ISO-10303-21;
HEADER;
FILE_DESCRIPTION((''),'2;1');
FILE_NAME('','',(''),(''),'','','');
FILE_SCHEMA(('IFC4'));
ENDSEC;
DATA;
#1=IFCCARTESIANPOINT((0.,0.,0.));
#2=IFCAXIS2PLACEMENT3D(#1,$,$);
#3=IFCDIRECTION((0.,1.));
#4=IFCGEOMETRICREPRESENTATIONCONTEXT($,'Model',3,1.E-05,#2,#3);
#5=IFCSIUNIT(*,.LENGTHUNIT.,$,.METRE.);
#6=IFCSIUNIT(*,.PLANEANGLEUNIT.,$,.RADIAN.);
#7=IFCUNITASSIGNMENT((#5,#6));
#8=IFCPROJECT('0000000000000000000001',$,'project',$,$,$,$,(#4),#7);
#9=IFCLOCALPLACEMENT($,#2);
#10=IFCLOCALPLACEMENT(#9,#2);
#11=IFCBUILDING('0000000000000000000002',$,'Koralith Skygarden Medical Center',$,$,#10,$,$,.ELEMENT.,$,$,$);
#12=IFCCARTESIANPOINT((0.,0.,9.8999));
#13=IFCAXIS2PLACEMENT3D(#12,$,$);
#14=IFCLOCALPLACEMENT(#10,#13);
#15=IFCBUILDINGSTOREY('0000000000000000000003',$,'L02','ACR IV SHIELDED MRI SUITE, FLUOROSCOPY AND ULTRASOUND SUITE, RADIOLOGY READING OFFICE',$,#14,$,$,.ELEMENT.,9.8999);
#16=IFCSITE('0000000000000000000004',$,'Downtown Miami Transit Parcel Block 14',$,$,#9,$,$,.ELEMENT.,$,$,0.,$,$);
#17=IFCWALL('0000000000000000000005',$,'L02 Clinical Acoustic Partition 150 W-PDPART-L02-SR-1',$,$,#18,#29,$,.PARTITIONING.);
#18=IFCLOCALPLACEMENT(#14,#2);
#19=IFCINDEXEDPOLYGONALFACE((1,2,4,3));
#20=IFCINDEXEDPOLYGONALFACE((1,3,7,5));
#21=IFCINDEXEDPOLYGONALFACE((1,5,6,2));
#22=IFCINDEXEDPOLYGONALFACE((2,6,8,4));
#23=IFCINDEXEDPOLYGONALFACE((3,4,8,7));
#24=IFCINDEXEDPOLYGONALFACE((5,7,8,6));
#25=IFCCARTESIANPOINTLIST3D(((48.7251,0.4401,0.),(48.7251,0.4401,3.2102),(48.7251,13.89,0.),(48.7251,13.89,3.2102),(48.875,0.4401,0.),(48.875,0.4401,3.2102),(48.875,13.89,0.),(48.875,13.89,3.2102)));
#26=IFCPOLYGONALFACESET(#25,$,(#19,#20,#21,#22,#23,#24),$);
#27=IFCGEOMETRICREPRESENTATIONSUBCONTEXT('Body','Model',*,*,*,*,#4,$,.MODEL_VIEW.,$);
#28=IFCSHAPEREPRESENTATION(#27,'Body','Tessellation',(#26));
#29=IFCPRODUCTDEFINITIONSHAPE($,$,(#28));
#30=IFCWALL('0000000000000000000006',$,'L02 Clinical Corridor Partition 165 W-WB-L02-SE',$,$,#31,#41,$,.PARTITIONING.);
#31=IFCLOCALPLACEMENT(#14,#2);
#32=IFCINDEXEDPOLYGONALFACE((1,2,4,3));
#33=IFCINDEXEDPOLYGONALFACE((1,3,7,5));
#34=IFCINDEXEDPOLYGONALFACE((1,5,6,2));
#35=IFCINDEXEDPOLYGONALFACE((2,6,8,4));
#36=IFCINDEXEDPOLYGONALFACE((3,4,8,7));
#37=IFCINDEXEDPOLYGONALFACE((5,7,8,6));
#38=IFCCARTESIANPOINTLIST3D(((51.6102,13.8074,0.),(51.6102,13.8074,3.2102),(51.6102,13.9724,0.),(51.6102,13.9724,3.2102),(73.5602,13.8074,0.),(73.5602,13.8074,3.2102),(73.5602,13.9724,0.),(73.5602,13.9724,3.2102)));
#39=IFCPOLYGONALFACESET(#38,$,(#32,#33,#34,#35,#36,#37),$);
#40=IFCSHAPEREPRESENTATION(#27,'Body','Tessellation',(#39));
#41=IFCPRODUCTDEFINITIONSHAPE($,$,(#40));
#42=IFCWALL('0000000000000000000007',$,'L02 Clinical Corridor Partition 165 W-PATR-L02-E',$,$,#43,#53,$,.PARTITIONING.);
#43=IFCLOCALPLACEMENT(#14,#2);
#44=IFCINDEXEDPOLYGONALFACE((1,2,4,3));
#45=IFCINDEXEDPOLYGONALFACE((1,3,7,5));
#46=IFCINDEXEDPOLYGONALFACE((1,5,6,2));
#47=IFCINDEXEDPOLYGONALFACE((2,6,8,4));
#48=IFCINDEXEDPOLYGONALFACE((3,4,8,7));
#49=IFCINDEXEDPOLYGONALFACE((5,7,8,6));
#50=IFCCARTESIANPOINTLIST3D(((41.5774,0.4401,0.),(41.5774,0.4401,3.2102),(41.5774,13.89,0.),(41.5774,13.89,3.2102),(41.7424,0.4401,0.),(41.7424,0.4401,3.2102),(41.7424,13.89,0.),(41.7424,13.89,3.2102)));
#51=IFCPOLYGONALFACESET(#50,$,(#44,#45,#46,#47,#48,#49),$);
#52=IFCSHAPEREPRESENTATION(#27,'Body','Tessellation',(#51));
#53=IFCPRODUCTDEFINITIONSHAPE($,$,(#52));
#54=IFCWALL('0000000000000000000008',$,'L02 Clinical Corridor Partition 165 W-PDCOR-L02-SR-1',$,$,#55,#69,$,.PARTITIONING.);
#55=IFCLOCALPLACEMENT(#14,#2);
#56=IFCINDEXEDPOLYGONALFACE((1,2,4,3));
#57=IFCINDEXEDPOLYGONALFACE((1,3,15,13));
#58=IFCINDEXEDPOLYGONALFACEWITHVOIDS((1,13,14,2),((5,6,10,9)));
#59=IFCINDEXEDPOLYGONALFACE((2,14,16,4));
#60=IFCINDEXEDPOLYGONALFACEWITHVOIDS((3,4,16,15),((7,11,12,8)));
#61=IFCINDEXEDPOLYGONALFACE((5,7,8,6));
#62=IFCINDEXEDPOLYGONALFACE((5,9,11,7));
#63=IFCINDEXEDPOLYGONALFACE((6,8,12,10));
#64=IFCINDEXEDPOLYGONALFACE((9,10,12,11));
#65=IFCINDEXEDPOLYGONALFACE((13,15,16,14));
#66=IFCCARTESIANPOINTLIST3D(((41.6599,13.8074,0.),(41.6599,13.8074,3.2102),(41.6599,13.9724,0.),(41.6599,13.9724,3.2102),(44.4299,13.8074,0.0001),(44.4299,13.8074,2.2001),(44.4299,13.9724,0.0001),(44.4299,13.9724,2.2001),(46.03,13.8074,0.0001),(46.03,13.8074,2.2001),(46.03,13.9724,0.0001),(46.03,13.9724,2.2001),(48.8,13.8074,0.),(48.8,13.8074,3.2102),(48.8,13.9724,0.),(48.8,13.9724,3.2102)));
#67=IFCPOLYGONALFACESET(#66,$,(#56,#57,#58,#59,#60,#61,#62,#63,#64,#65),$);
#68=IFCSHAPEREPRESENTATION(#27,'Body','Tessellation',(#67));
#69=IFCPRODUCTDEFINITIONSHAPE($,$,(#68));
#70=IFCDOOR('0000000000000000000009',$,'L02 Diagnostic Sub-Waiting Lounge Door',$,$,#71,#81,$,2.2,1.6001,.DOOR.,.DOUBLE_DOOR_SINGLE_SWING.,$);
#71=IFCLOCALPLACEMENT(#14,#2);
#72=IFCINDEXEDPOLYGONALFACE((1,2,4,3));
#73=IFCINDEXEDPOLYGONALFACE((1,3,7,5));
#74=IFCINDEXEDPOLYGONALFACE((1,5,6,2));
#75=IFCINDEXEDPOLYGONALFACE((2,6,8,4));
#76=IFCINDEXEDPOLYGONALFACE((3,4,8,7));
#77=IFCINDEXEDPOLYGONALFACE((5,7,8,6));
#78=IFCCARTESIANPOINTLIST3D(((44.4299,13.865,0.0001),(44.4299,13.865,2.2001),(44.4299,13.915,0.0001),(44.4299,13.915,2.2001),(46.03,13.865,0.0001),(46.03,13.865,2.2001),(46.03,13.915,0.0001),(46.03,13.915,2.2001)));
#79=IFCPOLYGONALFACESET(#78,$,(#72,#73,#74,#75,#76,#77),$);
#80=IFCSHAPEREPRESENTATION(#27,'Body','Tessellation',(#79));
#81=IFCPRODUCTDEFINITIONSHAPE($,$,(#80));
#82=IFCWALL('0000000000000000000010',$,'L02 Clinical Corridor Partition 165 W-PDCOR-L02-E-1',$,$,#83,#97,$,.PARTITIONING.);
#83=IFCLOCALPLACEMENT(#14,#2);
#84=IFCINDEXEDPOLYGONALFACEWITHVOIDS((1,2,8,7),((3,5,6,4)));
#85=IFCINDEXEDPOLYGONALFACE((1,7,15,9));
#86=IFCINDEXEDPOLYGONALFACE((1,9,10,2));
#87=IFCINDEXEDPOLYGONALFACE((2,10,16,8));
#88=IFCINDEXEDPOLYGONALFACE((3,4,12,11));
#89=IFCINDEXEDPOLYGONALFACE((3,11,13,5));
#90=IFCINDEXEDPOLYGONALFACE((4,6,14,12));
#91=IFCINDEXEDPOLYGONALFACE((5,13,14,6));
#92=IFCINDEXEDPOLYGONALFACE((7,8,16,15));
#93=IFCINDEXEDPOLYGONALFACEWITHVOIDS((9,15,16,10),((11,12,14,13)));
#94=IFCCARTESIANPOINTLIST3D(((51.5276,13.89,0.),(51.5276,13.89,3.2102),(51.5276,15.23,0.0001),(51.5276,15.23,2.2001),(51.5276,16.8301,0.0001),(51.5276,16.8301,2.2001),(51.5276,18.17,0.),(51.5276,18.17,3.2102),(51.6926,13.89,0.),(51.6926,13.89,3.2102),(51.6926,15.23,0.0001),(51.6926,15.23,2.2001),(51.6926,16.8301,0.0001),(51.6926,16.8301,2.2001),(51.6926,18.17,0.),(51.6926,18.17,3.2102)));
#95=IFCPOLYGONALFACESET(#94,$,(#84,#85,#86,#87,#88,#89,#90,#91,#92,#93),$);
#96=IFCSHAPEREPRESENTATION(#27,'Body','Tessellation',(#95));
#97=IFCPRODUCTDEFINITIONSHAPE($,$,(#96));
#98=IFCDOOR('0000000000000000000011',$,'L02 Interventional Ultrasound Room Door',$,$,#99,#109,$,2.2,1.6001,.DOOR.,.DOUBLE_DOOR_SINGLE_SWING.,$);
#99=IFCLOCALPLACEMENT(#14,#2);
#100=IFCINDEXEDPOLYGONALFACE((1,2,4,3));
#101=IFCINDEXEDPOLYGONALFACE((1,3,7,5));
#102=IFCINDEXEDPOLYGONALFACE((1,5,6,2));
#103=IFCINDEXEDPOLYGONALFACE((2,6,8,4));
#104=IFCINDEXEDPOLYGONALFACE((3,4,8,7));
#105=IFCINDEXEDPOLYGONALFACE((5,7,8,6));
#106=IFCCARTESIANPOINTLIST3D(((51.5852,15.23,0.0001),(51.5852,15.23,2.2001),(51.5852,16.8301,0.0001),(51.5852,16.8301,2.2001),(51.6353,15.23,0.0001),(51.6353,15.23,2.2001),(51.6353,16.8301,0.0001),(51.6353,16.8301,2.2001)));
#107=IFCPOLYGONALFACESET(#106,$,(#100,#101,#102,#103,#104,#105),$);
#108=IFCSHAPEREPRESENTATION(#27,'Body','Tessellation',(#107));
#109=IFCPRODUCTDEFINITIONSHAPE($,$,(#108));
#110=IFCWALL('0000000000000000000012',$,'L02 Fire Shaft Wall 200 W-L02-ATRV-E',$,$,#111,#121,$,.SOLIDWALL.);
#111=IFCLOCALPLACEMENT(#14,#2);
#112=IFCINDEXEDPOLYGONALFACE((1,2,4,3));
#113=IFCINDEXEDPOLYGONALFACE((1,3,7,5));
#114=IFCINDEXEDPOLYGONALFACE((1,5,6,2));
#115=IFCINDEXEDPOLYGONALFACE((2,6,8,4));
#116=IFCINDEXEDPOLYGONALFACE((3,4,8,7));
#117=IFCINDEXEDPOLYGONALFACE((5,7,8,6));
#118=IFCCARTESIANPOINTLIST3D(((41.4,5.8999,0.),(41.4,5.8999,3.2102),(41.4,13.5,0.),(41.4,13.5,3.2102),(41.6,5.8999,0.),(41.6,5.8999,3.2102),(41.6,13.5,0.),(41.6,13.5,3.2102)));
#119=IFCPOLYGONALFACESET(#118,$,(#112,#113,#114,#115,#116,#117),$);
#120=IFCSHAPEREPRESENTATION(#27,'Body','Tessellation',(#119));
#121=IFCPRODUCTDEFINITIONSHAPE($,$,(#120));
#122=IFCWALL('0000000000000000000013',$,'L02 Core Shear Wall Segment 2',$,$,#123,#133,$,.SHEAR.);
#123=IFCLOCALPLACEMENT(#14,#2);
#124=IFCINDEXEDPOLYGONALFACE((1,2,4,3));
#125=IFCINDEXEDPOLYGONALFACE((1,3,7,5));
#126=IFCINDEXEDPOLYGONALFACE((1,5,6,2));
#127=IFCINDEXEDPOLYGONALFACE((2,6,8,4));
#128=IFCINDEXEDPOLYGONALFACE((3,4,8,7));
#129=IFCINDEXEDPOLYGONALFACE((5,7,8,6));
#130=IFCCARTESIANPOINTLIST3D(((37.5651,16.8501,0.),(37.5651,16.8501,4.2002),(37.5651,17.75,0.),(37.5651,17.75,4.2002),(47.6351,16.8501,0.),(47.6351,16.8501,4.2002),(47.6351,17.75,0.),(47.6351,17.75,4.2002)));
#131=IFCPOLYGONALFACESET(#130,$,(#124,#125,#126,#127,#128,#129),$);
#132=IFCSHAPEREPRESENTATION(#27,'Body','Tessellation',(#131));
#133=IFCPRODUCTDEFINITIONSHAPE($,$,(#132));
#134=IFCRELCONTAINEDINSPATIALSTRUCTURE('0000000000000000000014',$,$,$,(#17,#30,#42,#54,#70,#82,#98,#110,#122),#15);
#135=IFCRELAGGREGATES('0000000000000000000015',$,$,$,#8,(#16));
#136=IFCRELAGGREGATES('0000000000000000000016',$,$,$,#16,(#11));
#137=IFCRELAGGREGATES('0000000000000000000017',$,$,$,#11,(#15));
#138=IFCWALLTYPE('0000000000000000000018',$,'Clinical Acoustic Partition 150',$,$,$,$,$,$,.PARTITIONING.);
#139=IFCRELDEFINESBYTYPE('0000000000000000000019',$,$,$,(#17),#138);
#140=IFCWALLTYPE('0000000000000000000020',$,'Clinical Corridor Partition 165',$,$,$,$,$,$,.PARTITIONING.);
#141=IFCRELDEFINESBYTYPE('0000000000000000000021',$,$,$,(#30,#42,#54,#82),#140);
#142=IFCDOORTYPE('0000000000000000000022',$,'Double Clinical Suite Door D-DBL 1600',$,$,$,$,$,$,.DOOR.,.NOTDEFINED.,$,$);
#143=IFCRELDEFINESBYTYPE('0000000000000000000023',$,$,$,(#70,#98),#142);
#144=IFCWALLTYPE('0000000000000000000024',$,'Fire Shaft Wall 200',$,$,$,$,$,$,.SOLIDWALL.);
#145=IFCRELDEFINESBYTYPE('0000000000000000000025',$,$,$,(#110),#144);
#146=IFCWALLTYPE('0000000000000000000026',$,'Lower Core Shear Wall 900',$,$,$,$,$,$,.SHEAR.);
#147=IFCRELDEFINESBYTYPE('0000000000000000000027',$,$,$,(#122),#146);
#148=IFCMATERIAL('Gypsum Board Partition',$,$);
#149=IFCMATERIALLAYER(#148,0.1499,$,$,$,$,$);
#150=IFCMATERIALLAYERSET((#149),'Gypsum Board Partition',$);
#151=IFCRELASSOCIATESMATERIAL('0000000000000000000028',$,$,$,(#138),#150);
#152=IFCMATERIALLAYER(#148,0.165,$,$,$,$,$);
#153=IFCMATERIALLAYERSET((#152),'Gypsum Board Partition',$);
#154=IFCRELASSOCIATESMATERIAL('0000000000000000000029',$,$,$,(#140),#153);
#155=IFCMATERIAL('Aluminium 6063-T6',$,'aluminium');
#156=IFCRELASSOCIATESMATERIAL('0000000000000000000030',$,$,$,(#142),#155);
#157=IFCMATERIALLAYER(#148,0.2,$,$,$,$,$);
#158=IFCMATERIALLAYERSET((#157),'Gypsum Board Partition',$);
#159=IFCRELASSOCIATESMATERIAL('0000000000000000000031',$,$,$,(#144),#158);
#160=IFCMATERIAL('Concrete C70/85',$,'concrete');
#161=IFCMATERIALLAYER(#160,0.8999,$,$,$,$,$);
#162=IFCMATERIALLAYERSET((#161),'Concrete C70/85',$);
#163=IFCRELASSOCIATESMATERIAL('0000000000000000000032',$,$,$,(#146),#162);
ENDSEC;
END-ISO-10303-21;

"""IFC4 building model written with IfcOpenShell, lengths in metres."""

from ifc_helpers import new_model, si_unit, direction, frame, frame_2d, origin, place, context, subcontext, project, spatial, rectangle, extrude, material, layer, layer_set, type_object, element, fill, save


model = new_model("IFC4")

# Units and contexts
model_context = context("Model", 3, precision=1e-05, world=origin(), true_north=direction((0.0, 1.0)))
body_context = subcontext(model_context, "Body", "Model", "MODEL_VIEW")
ifc_project = project(units=[si_unit("LENGTHUNIT", "METRE"), si_unit("PLANEANGLEUNIT", "RADIAN")], contexts=[model_context])

# Site, building, storey
site_placement = place(None, origin())
site = spatial("IfcSite", under=ifc_project, at=site_placement, Name="Downtown Miami Transit Parcel Block 14", CompositionType="ELEMENT", RefElevation=0.0)
building_placement = place(site_placement, origin())
building = spatial("IfcBuilding", under=site, at=building_placement, Name="Koralith Skygarden Medical Center", CompositionType="ELEMENT")
storey_placement = place(building_placement, frame((0.0, 0.0, 9.8999)))
storey = spatial("IfcBuildingStorey", under=building, at=storey_placement, Name="L02", Description="ACR IV SHIELDED MRI SUITE, FLUOROSCOPY AND ULTRASOUND SUITE, RADIOLOGY READING OFFICE", CompositionType="ELEMENT", Elevation=9.8999)

# Shared definitions
ifc_material_1 = material(Name="Concrete C70/85", Category="concrete")

# Shared definitions
ifc_material_2 = material(Name="Aluminium 6063-T6", Category="aluminium")

# Walls
ifc_material_3 = material(Name="Gypsum Board Partition")
ifc_layer_1 = layer(ifc_material_3, 0.1499)
ifc_layer_set_1 = layer_set([ifc_layer_1], Name="Gypsum Board Partition")
wall_type_1 = type_object("IfcWallType", Name="Clinical Acoustic Partition 150", PredefinedType="PARTITIONING", material=ifc_layer_set_1)
wall_1_placement = place(storey_placement, frame((48.8, 0.4399, 0.0), z_axis=(0.0, 0.0, 1.0), x_axis=(0.0, 1.0, 0.0)))
element("IfcWall", 1, at=wall_1_placement, inside=storey, type_object=wall_type_1, Name="L02 Clinical Acoustic Partition 150 W-PDPART-L02-SR-1", PredefinedType="PARTITIONING", context=body_context, shape_type="SweptSolid", body=[
    extrude(rectangle(XDim=13.45, YDim=0.1499, at=frame_2d((6.7251, 0.0))), origin(), (0.0, 0.0, 1.0), 3.2102),
])
ifc_layer_2 = layer(ifc_material_3, 0.165)
ifc_layer_set_2 = layer_set([ifc_layer_2], Name="Gypsum Board Partition")
wall_type_2 = type_object("IfcWallType", Name="Clinical Corridor Partition 165", PredefinedType="PARTITIONING", material=ifc_layer_set_2)
wall_2_placement = place(storey_placement, frame((51.6101, 13.8899, 0.0), z_axis=(0.0, 0.0, 1.0), x_axis=(1.0, 0.0, 0.0)))
element("IfcWall", 2, at=wall_2_placement, inside=storey, type_object=wall_type_2, Name="L02 Clinical Corridor Partition 165 W-WB-L02-SE", PredefinedType="PARTITIONING", context=body_context, shape_type="SweptSolid", body=[
    extrude(rectangle(XDim=21.95, YDim=0.165, at=frame_2d((10.9751, 0.0))), origin(), (0.0, 0.0, 1.0), 3.2102),
])
wall_3_placement = place(storey_placement, frame((41.6599, 0.4399, 0.0), z_axis=(0.0, 0.0, 1.0), x_axis=(0.0, 1.0, 0.0)))
element("IfcWall", 3, at=wall_3_placement, inside=storey, type_object=wall_type_2, Name="L02 Clinical Corridor Partition 165 W-PATR-L02-E", PredefinedType="PARTITIONING", context=body_context, shape_type="SweptSolid", body=[
    extrude(rectangle(XDim=13.45, YDim=0.165, at=frame_2d((6.7251, 0.0))), origin(), (0.0, 0.0, 1.0), 3.2102),
])

# Walls, openings, doors
wall_4_placement = place(storey_placement, frame((41.6599, 13.8899, 0.0), z_axis=(0.0, 0.0, 1.0), x_axis=(1.0, 0.0, 0.0)))
wall_4 = element("IfcWall", 4, at=wall_4_placement, inside=storey, type_object=wall_type_2, Name="L02 Clinical Corridor Partition 165 W-PDCOR-L02-SR-1", PredefinedType="PARTITIONING", context=body_context, shape_type="SweptSolid", body=[
    extrude(rectangle(XDim=7.1401, YDim=0.165, at=frame_2d((3.5701, 0.0))), origin(), (0.0, 0.0, 1.0), 3.2102),
])
opening_1_placement = place(wall_4_placement, frame((2.77, 0.0, 0.0)))
opening_1 = element("IfcOpeningElement", 5, at=opening_1_placement, cuts=wall_4, PredefinedType="OPENING", context=body_context, shape_type="SweptSolid", body=[
    extrude(rectangle(XDim=1.6001, YDim=2.2, at=frame_2d((0.8, 1.1001))), frame((0.0, 0.0925, 0.0), z_axis=(0.0, -1.0, 0.0), x_axis=(1.0, 0.0, 0.0)), (0.0, 0.0, 1.0), 0.1851),
])
door_type_1 = type_object("IfcDoorType", Name="Double Clinical Suite Door D-DBL 1600", OperationType="NOTDEFINED", PredefinedType="DOOR", material=ifc_material_2)
door_1_placement = place(opening_1_placement, frame((1.6001, 0.0, 0.0), z_axis=(0.0, 0.0, 1.0), x_axis=(-1.0, 0.0, 0.0)))
door_1 = element("IfcDoor", 6, at=door_1_placement, inside=storey, type_object=door_type_1, Name="L02 Diagnostic Sub-Waiting Lounge Door", OperationType="DOUBLE_DOOR_SINGLE_SWING", OverallHeight=2.2, OverallWidth=1.6001, PredefinedType="DOOR", context=body_context, shape_type="SweptSolid", body=[
    extrude(rectangle(XDim=1.6001, YDim=2.2, at=frame_2d((0.8, 1.1001))), frame((0.0, 0.0249, 0.0), z_axis=(0.0, -1.0, 0.0), x_axis=(1.0, 0.0, 0.0)), (0.0, 0.0, 1.0), 0.05),
])
fill(opening_1, door_1)
wall_5_placement = place(storey_placement, frame((51.6101, 13.8899, 0.0), z_axis=(0.0, 0.0, 1.0), x_axis=(0.0, 1.0, 0.0)))
wall_5 = element("IfcWall", 7, at=wall_5_placement, inside=storey, type_object=wall_type_2, Name="L02 Clinical Corridor Partition 165 W-PDCOR-L02-E-1", PredefinedType="PARTITIONING", context=body_context, shape_type="SweptSolid", body=[
    extrude(rectangle(XDim=4.28, YDim=0.165, at=frame_2d((2.1401, 0.0))), origin(), (0.0, 0.0, 1.0), 3.2102),
])
opening_2_placement = place(wall_5_placement, frame((1.3401, 0.0, 0.0)))
opening_2 = element("IfcOpeningElement", 8, at=opening_2_placement, cuts=wall_5, PredefinedType="OPENING", context=body_context, shape_type="SweptSolid", body=[
    extrude(rectangle(XDim=1.6001, YDim=2.2, at=frame_2d((0.8, 1.1001))), frame((0.0, 0.0925, 0.0), z_axis=(0.0, -1.0, 0.0), x_axis=(1.0, 0.0, 0.0)), (0.0, 0.0, 1.0), 0.1851),
])
door_2_placement = place(opening_2_placement, origin())
door_2 = element("IfcDoor", 9, at=door_2_placement, inside=storey, type_object=door_type_1, Name="L02 Interventional Ultrasound Room Door", OperationType="DOUBLE_DOOR_SINGLE_SWING", OverallHeight=2.2, OverallWidth=1.6001, PredefinedType="DOOR", context=body_context, shape_type="SweptSolid", body=[
    extrude(rectangle(XDim=1.6001, YDim=2.2, at=frame_2d((0.8, 1.1001))), frame((0.0, 0.0249, 0.0), z_axis=(0.0, -1.0, 0.0), x_axis=(1.0, 0.0, 0.0)), (0.0, 0.0, 1.0), 0.05),
])
fill(opening_2, door_2)

# Walls
ifc_layer_3 = layer(ifc_material_3, 0.2)
ifc_layer_set_3 = layer_set([ifc_layer_3], Name="Gypsum Board Partition")
wall_type_3 = type_object("IfcWallType", Name="Fire Shaft Wall 200", PredefinedType="SOLIDWALL", material=ifc_layer_set_3)
wall_6_placement = place(storey_placement, frame((41.5, 5.8999, 0.0), z_axis=(0.0, 0.0, 1.0), x_axis=(0.0, 1.0, 0.0)))
element("IfcWall", 10, at=wall_6_placement, inside=storey, type_object=wall_type_3, Name="L02 Fire Shaft Wall 200 W-L02-ATRV-E", PredefinedType="SOLIDWALL", context=body_context, shape_type="SweptSolid", body=[
    extrude(rectangle(XDim=7.6001, YDim=0.2, at=frame_2d((3.8, 0.0))), origin(), (0.0, 0.0, 1.0), 3.2102),
])
ifc_layer_4 = layer(ifc_material_1, 0.8999)
ifc_layer_set_4 = layer_set([ifc_layer_4], Name="Concrete C70/85")
wall_type_4 = type_object("IfcWallType", Name="Lower Core Shear Wall 900", PredefinedType="SHEAR", material=ifc_layer_set_4)
wall_7_placement = place(storey_placement, frame((37.5649, 17.3, 0.0), z_axis=(0.0, 0.0, 1.0), x_axis=(1.0, 0.0, 0.0)))
element("IfcWall", 11, at=wall_7_placement, inside=storey, type_object=wall_type_4, Name="L02 Core Shear Wall Segment 2", PredefinedType="SHEAR", context=body_context, shape_type="SweptSolid", body=[
    extrude(rectangle(XDim=10.0701, YDim=0.8999, at=frame_2d((5.0352, 0.0))), origin(), (0.0, 0.0, 1.0), 4.2002),
])

save(model, "model.ifc")
